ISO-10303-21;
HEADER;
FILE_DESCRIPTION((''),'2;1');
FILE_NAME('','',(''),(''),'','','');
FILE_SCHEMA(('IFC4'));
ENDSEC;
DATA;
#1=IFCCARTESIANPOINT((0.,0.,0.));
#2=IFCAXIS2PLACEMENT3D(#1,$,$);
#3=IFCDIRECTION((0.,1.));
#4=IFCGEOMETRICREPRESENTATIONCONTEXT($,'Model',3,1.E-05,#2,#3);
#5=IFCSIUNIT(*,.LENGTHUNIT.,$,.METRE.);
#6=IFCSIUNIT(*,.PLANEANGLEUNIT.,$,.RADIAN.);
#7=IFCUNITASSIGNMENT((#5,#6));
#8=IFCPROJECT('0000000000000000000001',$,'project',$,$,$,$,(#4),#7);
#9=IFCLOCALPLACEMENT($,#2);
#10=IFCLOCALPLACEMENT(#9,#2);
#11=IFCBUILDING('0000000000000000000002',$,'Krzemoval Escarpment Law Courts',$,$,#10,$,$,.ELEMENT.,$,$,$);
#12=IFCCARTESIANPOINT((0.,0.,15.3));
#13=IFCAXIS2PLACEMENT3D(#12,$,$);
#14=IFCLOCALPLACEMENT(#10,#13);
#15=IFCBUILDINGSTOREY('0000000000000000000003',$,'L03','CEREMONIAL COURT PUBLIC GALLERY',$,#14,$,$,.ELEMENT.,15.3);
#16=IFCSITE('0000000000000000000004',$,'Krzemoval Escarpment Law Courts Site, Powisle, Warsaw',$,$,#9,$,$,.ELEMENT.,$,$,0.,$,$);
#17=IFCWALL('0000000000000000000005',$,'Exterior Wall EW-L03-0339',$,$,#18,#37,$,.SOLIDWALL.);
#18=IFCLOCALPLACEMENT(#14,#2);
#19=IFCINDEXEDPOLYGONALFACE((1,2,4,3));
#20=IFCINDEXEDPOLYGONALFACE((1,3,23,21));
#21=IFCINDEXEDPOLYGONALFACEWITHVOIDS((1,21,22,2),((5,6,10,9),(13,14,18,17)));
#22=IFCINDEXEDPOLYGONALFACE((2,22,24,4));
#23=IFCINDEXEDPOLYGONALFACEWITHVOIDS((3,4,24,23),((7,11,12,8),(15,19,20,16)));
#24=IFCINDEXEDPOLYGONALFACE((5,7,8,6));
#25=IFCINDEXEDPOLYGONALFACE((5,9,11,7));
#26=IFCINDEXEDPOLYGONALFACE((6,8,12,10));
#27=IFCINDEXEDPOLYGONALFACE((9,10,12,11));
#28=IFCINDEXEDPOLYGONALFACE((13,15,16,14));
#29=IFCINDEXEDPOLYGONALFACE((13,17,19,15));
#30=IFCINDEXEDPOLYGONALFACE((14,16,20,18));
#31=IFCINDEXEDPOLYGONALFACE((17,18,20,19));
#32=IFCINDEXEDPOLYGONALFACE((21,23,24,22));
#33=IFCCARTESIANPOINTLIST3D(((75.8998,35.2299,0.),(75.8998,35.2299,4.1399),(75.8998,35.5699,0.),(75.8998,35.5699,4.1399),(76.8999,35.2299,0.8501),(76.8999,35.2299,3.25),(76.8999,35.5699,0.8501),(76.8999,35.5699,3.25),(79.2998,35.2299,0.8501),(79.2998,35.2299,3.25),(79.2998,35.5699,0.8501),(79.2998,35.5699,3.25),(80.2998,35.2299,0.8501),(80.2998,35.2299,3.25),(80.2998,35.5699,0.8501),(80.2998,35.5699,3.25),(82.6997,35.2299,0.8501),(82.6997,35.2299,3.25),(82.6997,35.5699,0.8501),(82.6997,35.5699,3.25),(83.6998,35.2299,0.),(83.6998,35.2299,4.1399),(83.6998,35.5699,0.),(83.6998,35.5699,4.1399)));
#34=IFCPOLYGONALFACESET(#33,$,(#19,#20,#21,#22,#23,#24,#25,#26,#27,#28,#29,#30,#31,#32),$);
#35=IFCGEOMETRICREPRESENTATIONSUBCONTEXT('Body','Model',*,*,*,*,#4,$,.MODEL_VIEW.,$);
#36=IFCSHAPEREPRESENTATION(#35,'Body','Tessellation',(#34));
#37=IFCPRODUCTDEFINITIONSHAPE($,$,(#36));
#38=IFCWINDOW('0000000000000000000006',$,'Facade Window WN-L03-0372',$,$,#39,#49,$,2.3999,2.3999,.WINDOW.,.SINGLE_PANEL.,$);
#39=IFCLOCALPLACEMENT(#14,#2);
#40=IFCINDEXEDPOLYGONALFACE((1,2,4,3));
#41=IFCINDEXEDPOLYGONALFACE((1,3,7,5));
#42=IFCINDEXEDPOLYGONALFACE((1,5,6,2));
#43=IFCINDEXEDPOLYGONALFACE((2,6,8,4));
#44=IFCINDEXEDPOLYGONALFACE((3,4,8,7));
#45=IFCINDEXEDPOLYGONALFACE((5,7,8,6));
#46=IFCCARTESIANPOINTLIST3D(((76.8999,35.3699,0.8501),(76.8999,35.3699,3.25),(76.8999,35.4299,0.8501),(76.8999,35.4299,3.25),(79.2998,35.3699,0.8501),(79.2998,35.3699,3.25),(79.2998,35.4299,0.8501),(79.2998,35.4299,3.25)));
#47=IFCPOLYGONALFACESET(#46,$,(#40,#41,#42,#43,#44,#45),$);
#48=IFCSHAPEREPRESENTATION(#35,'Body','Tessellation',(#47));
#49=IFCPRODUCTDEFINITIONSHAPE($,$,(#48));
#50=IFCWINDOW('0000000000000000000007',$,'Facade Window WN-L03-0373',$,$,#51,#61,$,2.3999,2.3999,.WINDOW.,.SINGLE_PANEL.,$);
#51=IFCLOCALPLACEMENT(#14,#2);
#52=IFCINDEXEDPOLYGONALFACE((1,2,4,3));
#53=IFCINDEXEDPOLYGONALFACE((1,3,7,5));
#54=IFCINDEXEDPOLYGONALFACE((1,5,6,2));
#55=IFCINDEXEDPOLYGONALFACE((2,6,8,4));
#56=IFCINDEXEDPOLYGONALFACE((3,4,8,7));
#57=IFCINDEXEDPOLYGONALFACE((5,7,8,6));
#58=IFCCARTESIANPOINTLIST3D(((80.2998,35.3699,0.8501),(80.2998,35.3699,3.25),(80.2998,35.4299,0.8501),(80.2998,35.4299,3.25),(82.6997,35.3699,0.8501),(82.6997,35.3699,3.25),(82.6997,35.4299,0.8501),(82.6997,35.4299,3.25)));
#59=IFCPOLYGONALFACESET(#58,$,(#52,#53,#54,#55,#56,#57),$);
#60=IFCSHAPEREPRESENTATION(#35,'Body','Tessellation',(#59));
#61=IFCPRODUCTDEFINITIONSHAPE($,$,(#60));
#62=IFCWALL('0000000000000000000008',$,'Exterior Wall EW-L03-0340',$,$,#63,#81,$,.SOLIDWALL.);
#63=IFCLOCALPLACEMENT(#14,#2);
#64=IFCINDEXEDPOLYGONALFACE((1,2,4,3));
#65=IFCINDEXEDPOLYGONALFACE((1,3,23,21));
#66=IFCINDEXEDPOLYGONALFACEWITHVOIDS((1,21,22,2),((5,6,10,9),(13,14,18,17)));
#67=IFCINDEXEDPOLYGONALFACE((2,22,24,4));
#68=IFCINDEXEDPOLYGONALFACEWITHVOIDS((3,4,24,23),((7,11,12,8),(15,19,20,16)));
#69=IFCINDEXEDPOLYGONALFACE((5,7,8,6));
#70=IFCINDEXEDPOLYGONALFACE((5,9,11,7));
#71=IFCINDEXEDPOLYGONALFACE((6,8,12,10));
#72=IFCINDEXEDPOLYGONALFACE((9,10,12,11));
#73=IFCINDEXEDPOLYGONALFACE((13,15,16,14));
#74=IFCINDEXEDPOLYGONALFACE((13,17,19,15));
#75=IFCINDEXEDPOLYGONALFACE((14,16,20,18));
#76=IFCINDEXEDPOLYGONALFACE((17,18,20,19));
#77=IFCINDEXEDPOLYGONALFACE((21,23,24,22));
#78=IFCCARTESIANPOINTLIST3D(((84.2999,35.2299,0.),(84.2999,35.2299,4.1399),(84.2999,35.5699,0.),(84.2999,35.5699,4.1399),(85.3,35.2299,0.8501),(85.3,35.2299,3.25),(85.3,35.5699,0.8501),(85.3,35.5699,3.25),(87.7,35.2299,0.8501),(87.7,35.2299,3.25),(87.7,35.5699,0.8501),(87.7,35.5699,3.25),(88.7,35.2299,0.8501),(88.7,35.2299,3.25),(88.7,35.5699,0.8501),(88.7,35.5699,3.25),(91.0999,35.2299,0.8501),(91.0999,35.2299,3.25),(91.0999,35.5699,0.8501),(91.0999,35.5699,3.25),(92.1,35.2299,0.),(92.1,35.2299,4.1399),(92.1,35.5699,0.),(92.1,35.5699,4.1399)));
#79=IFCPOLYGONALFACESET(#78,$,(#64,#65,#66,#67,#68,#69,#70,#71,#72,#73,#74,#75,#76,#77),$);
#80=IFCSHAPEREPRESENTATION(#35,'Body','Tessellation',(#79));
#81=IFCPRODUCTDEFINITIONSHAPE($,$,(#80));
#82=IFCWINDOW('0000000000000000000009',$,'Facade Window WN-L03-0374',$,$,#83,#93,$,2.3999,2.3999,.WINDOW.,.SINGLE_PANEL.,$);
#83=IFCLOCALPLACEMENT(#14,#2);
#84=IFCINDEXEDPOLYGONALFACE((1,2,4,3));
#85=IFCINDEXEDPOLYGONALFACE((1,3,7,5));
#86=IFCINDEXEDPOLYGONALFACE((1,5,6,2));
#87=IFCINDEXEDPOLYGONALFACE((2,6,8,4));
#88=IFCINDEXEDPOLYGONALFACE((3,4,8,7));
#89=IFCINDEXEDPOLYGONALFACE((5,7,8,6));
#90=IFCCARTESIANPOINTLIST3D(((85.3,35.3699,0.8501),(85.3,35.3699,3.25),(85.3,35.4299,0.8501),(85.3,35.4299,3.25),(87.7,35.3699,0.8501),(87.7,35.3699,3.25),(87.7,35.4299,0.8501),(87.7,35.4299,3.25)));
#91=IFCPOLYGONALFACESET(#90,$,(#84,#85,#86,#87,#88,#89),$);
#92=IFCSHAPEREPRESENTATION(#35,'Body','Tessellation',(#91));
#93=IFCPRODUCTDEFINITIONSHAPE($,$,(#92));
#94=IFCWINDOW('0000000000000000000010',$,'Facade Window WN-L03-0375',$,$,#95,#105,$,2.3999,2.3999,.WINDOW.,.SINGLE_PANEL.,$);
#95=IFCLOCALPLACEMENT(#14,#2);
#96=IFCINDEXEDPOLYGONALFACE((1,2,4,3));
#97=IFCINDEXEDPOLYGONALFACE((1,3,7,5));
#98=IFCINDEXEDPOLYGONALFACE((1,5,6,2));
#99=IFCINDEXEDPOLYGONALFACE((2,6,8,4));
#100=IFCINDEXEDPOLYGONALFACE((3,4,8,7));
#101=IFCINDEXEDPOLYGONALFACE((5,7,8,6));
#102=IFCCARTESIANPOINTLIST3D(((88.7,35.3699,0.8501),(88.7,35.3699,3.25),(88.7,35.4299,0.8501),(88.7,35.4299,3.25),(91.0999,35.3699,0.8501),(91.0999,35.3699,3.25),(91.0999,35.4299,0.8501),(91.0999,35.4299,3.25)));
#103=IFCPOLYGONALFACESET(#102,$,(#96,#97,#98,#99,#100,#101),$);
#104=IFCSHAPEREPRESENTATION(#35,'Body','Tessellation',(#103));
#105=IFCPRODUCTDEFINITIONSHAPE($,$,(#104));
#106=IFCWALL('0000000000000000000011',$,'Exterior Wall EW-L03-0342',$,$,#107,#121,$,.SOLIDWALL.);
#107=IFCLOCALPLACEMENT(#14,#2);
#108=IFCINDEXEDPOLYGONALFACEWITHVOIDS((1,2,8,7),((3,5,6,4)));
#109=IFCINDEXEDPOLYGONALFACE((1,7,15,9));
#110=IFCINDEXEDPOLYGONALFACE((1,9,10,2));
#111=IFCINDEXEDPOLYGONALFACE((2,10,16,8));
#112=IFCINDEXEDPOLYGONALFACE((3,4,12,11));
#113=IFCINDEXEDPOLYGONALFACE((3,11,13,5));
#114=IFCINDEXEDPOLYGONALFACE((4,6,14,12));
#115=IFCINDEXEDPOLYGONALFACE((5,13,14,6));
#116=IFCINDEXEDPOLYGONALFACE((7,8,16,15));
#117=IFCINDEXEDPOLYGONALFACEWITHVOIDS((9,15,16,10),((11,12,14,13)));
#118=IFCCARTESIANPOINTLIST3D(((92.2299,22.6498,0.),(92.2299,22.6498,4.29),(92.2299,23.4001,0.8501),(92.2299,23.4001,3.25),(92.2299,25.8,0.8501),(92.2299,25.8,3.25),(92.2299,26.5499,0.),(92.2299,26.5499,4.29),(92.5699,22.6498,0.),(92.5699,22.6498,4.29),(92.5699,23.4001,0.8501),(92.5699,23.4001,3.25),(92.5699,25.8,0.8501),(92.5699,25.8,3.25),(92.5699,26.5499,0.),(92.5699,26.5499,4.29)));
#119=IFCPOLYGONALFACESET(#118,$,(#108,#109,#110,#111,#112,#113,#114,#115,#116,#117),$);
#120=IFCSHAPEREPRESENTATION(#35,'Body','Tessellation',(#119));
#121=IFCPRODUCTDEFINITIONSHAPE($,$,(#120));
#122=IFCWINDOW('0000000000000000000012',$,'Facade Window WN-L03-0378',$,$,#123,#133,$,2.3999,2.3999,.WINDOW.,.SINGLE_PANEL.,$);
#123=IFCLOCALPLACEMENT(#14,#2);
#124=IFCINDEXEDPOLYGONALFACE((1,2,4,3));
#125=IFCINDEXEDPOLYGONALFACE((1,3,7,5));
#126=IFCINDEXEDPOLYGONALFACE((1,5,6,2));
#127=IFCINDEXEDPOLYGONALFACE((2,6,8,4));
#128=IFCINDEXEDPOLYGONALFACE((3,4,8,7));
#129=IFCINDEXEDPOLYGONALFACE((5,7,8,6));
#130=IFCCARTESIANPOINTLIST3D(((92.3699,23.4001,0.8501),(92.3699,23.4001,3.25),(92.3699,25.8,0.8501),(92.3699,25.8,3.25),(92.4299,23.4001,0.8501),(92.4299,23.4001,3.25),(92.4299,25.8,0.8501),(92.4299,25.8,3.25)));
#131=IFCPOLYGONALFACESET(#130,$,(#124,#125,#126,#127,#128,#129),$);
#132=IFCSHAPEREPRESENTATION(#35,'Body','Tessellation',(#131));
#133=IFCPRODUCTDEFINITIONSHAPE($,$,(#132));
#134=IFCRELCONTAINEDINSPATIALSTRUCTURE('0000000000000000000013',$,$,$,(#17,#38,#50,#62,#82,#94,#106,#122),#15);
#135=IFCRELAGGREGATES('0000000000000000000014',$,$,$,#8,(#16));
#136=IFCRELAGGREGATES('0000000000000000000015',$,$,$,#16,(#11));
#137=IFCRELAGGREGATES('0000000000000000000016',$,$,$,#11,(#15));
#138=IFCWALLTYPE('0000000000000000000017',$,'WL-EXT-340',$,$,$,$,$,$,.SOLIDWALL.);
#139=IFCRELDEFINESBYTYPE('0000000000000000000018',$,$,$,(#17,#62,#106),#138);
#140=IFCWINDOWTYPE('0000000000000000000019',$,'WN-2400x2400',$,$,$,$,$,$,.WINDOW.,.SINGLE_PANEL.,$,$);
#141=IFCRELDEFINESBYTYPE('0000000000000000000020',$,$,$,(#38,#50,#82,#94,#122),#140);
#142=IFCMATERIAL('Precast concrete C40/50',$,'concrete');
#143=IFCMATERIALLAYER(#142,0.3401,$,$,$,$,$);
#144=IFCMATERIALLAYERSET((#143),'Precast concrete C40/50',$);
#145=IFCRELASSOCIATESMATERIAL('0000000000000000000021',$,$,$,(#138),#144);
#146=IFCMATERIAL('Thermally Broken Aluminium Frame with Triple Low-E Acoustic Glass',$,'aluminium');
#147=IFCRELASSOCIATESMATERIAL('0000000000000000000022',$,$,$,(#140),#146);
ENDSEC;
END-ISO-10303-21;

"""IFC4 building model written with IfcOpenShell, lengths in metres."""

from ifc_helpers import new_model, si_unit, direction, frame, frame_2d, origin, place, context, subcontext, project, spatial, rectangle, extrude, material, layer, layer_set, type_object, element, fill, save


model = new_model("IFC4")

# Units and contexts
model_context = context("Model", 3, precision=1e-05, world=origin(), true_north=direction((0.0, 1.0)))
body_context = subcontext(model_context, "Body", "Model", "MODEL_VIEW")
ifc_project = project(units=[si_unit("LENGTHUNIT", "METRE"), si_unit("PLANEANGLEUNIT", "RADIAN")], contexts=[model_context])

# Site, building, storey
site_placement = place(None, origin())
site = spatial("IfcSite", under=ifc_project, at=site_placement, Name="Krzemoval Escarpment Law Courts Site, Powisle, Warsaw", CompositionType="ELEMENT", RefElevation=0.0)
building_placement = place(site_placement, origin())
building = spatial("IfcBuilding", under=site, at=building_placement, Name="Krzemoval Escarpment Law Courts", CompositionType="ELEMENT")
storey_placement = place(building_placement, frame((0.0, 0.0, 15.3)))
storey = spatial("IfcBuildingStorey", under=building, at=storey_placement, Name="L03", Description="CEREMONIAL COURT PUBLIC GALLERY", CompositionType="ELEMENT", Elevation=15.3)

# Walls, openings, windows
ifc_material_1 = material(Name="Precast concrete C40/50", Category="concrete")
ifc_layer = layer(ifc_material_1, 0.3401)
ifc_layer_set = layer_set([ifc_layer], Name="Precast concrete C40/50")
wall_type = type_object("IfcWallType", Name="WL-EXT-340", PredefinedType="SOLIDWALL", material=ifc_layer_set)
wall_1_placement = place(storey_placement, frame((75.8999, 35.3999, 0.0), z_axis=(0.0, 0.0, 1.0), x_axis=(1.0, 0.0, 0.0)))
wall_1 = element("IfcWall", 1, at=wall_1_placement, inside=storey, type_object=wall_type, Name="Exterior Wall EW-L03-0339", PredefinedType="SOLIDWALL", context=body_context, shape_type="SweptSolid", body=[
    extrude(rectangle(XDim=7.8, YDim=0.3401, at=frame_2d((3.8999, 0.0))), origin(), (0.0, 0.0, 1.0), 4.1399),
])
opening_1_placement = place(wall_1_placement, frame((1.0, 0.0, 0.8501)))
opening_1 = element("IfcOpeningElement", 2, at=opening_1_placement, cuts=wall_1, PredefinedType="OPENING", context=body_context, shape_type="SweptSolid", body=[
    extrude(rectangle(XDim=2.3999, YDim=2.3999, at=frame_2d((1.2, 1.2))), frame((0.0, 0.185, 0.0), z_axis=(0.0, -1.0, 0.0), x_axis=(1.0, 0.0, 0.0)), (0.0, 0.0, 1.0), 0.3701),
])
opening_2_placement = place(wall_1_placement, frame((4.3999, 0.0, 0.8501)))
opening_2 = element("IfcOpeningElement", 3, at=opening_2_placement, cuts=wall_1, PredefinedType="OPENING", context=body_context, shape_type="SweptSolid", body=[
    extrude(rectangle(XDim=2.3999, YDim=2.3999, at=frame_2d((1.2, 1.2))), frame((0.0, 0.185, 0.0), z_axis=(0.0, -1.0, 0.0), x_axis=(1.0, 0.0, 0.0)), (0.0, 0.0, 1.0), 0.3701),
])
ifc_material_2 = material(Name="Thermally Broken Aluminium Frame with Triple Low-E Acoustic Glass", Category="aluminium")
window_type = type_object("IfcWindowType", Name="WN-2400x2400", PartitioningType="SINGLE_PANEL", PredefinedType="WINDOW", material=ifc_material_2)
window_1_placement = place(opening_1_placement, origin())
window_1 = element("IfcWindow", 4, at=window_1_placement, inside=storey, type_object=window_type, Name="Facade Window WN-L03-0372", OverallHeight=2.3999, OverallWidth=2.3999, PartitioningType="SINGLE_PANEL", PredefinedType="WINDOW", context=body_context, shape_type="SweptSolid", body=[
    extrude(rectangle(XDim=2.3999, YDim=2.3999, at=frame_2d((1.2, 1.2))), frame((0.0, 0.03, 0.0), z_axis=(0.0, -1.0, 0.0), x_axis=(1.0, 0.0, 0.0)), (0.0, 0.0, 1.0), 0.0601),
])
fill(opening_1, window_1)
window_2_placement = place(opening_2_placement, origin())
window_2 = element("IfcWindow", 5, at=window_2_placement, inside=storey, type_object=window_type, Name="Facade Window WN-L03-0373", OverallHeight=2.3999, OverallWidth=2.3999, PartitioningType="SINGLE_PANEL", PredefinedType="WINDOW", context=body_context, shape_type="SweptSolid", body=[
    extrude(rectangle(XDim=2.3999, YDim=2.3999, at=frame_2d((1.2, 1.2))), frame((0.0, 0.03, 0.0), z_axis=(0.0, -1.0, 0.0), x_axis=(1.0, 0.0, 0.0)), (0.0, 0.0, 1.0), 0.0601),
])
fill(opening_2, window_2)
wall_2_placement = place(storey_placement, frame((84.3, 35.3999, 0.0), z_axis=(0.0, 0.0, 1.0), x_axis=(1.0, 0.0, 0.0)))
wall_2 = element("IfcWall", 6, at=wall_2_placement, inside=storey, type_object=wall_type, Name="Exterior Wall EW-L03-0340", PredefinedType="SOLIDWALL", context=body_context, shape_type="SweptSolid", body=[
    extrude(rectangle(XDim=7.8, YDim=0.3401, at=frame_2d((3.8999, 0.0))), origin(), (0.0, 0.0, 1.0), 4.1399),
])
opening_3_placement = place(wall_2_placement, frame((1.0, 0.0, 0.8501)))
opening_3 = element("IfcOpeningElement", 7, at=opening_3_placement, cuts=wall_2, PredefinedType="OPENING", context=body_context, shape_type="SweptSolid", body=[
    extrude(rectangle(XDim=2.3999, YDim=2.3999, at=frame_2d((1.2, 1.2))), frame((0.0, 0.185, 0.0), z_axis=(0.0, -1.0, 0.0), x_axis=(1.0, 0.0, 0.0)), (0.0, 0.0, 1.0), 0.3701),
])
opening_4_placement = place(wall_2_placement, frame((4.3999, 0.0, 0.8501)))
opening_4 = element("IfcOpeningElement", 8, at=opening_4_placement, cuts=wall_2, PredefinedType="OPENING", context=body_context, shape_type="SweptSolid", body=[
    extrude(rectangle(XDim=2.3999, YDim=2.3999, at=frame_2d((1.2, 1.2))), frame((0.0, 0.185, 0.0), z_axis=(0.0, -1.0, 0.0), x_axis=(1.0, 0.0, 0.0)), (0.0, 0.0, 1.0), 0.3701),
])
window_3_placement = place(opening_3_placement, origin())
window_3 = element("IfcWindow", 9, at=window_3_placement, inside=storey, type_object=window_type, Name="Facade Window WN-L03-0374", OverallHeight=2.3999, OverallWidth=2.3999, PartitioningType="SINGLE_PANEL", PredefinedType="WINDOW", context=body_context, shape_type="SweptSolid", body=[
    extrude(rectangle(XDim=2.3999, YDim=2.3999, at=frame_2d((1.2, 1.2))), frame((0.0, 0.03, 0.0), z_axis=(0.0, -1.0, 0.0), x_axis=(1.0, 0.0, 0.0)), (0.0, 0.0, 1.0), 0.0601),
])
fill(opening_3, window_3)
window_4_placement = place(opening_4_placement, origin())
window_4 = element("IfcWindow", 10, at=window_4_placement, inside=storey, type_object=window_type, Name="Facade Window WN-L03-0375", OverallHeight=2.3999, OverallWidth=2.3999, PartitioningType="SINGLE_PANEL", PredefinedType="WINDOW", context=body_context, shape_type="SweptSolid", body=[
    extrude(rectangle(XDim=2.3999, YDim=2.3999, at=frame_2d((1.2, 1.2))), frame((0.0, 0.03, 0.0), z_axis=(0.0, -1.0, 0.0), x_axis=(1.0, 0.0, 0.0)), (0.0, 0.0, 1.0), 0.0601),
])
fill(opening_4, window_4)

# Wall, opening, window
wall_3_placement = place(storey_placement, frame((92.3999, 26.55, 0.0), z_axis=(0.0, 0.0, 1.0), x_axis=(0.0, -1.0, 0.0)))
wall_3 = element("IfcWall", 11, at=wall_3_placement, inside=storey, type_object=wall_type, Name="Exterior Wall EW-L03-0342", PredefinedType="SOLIDWALL", context=body_context, shape_type="SweptSolid", body=[
    extrude(rectangle(XDim=3.9001, YDim=0.3401, at=frame_2d((1.9502, 0.0))), origin(), (0.0, 0.0, 1.0), 4.29),
])
opening_5_placement = place(wall_3_placement, frame((0.75, 0.0, 0.8501)))
opening_5 = element("IfcOpeningElement", 12, at=opening_5_placement, cuts=wall_3, PredefinedType="OPENING", context=body_context, shape_type="SweptSolid", body=[
    extrude(rectangle(XDim=2.3999, YDim=2.3999, at=frame_2d((1.2, 1.2))), frame((0.0, 0.185, 0.0), z_axis=(0.0, -1.0, 0.0), x_axis=(1.0, 0.0, 0.0)), (0.0, 0.0, 1.0), 0.3701),
])
window_5_placement = place(opening_5_placement, origin())
window_5 = element("IfcWindow", 13, at=window_5_placement, inside=storey, type_object=window_type, Name="Facade Window WN-L03-0378", OverallHeight=2.3999, OverallWidth=2.3999, PartitioningType="SINGLE_PANEL", PredefinedType="WINDOW", context=body_context, shape_type="SweptSolid", body=[
    extrude(rectangle(XDim=2.3999, YDim=2.3999, at=frame_2d((1.2, 1.2))), frame((0.0, 0.03, 0.0), z_axis=(0.0, -1.0, 0.0), x_axis=(1.0, 0.0, 0.0)), (0.0, 0.0, 1.0), 0.0601),
])
fill(opening_5, window_5)

save(model, "model.ifc")
